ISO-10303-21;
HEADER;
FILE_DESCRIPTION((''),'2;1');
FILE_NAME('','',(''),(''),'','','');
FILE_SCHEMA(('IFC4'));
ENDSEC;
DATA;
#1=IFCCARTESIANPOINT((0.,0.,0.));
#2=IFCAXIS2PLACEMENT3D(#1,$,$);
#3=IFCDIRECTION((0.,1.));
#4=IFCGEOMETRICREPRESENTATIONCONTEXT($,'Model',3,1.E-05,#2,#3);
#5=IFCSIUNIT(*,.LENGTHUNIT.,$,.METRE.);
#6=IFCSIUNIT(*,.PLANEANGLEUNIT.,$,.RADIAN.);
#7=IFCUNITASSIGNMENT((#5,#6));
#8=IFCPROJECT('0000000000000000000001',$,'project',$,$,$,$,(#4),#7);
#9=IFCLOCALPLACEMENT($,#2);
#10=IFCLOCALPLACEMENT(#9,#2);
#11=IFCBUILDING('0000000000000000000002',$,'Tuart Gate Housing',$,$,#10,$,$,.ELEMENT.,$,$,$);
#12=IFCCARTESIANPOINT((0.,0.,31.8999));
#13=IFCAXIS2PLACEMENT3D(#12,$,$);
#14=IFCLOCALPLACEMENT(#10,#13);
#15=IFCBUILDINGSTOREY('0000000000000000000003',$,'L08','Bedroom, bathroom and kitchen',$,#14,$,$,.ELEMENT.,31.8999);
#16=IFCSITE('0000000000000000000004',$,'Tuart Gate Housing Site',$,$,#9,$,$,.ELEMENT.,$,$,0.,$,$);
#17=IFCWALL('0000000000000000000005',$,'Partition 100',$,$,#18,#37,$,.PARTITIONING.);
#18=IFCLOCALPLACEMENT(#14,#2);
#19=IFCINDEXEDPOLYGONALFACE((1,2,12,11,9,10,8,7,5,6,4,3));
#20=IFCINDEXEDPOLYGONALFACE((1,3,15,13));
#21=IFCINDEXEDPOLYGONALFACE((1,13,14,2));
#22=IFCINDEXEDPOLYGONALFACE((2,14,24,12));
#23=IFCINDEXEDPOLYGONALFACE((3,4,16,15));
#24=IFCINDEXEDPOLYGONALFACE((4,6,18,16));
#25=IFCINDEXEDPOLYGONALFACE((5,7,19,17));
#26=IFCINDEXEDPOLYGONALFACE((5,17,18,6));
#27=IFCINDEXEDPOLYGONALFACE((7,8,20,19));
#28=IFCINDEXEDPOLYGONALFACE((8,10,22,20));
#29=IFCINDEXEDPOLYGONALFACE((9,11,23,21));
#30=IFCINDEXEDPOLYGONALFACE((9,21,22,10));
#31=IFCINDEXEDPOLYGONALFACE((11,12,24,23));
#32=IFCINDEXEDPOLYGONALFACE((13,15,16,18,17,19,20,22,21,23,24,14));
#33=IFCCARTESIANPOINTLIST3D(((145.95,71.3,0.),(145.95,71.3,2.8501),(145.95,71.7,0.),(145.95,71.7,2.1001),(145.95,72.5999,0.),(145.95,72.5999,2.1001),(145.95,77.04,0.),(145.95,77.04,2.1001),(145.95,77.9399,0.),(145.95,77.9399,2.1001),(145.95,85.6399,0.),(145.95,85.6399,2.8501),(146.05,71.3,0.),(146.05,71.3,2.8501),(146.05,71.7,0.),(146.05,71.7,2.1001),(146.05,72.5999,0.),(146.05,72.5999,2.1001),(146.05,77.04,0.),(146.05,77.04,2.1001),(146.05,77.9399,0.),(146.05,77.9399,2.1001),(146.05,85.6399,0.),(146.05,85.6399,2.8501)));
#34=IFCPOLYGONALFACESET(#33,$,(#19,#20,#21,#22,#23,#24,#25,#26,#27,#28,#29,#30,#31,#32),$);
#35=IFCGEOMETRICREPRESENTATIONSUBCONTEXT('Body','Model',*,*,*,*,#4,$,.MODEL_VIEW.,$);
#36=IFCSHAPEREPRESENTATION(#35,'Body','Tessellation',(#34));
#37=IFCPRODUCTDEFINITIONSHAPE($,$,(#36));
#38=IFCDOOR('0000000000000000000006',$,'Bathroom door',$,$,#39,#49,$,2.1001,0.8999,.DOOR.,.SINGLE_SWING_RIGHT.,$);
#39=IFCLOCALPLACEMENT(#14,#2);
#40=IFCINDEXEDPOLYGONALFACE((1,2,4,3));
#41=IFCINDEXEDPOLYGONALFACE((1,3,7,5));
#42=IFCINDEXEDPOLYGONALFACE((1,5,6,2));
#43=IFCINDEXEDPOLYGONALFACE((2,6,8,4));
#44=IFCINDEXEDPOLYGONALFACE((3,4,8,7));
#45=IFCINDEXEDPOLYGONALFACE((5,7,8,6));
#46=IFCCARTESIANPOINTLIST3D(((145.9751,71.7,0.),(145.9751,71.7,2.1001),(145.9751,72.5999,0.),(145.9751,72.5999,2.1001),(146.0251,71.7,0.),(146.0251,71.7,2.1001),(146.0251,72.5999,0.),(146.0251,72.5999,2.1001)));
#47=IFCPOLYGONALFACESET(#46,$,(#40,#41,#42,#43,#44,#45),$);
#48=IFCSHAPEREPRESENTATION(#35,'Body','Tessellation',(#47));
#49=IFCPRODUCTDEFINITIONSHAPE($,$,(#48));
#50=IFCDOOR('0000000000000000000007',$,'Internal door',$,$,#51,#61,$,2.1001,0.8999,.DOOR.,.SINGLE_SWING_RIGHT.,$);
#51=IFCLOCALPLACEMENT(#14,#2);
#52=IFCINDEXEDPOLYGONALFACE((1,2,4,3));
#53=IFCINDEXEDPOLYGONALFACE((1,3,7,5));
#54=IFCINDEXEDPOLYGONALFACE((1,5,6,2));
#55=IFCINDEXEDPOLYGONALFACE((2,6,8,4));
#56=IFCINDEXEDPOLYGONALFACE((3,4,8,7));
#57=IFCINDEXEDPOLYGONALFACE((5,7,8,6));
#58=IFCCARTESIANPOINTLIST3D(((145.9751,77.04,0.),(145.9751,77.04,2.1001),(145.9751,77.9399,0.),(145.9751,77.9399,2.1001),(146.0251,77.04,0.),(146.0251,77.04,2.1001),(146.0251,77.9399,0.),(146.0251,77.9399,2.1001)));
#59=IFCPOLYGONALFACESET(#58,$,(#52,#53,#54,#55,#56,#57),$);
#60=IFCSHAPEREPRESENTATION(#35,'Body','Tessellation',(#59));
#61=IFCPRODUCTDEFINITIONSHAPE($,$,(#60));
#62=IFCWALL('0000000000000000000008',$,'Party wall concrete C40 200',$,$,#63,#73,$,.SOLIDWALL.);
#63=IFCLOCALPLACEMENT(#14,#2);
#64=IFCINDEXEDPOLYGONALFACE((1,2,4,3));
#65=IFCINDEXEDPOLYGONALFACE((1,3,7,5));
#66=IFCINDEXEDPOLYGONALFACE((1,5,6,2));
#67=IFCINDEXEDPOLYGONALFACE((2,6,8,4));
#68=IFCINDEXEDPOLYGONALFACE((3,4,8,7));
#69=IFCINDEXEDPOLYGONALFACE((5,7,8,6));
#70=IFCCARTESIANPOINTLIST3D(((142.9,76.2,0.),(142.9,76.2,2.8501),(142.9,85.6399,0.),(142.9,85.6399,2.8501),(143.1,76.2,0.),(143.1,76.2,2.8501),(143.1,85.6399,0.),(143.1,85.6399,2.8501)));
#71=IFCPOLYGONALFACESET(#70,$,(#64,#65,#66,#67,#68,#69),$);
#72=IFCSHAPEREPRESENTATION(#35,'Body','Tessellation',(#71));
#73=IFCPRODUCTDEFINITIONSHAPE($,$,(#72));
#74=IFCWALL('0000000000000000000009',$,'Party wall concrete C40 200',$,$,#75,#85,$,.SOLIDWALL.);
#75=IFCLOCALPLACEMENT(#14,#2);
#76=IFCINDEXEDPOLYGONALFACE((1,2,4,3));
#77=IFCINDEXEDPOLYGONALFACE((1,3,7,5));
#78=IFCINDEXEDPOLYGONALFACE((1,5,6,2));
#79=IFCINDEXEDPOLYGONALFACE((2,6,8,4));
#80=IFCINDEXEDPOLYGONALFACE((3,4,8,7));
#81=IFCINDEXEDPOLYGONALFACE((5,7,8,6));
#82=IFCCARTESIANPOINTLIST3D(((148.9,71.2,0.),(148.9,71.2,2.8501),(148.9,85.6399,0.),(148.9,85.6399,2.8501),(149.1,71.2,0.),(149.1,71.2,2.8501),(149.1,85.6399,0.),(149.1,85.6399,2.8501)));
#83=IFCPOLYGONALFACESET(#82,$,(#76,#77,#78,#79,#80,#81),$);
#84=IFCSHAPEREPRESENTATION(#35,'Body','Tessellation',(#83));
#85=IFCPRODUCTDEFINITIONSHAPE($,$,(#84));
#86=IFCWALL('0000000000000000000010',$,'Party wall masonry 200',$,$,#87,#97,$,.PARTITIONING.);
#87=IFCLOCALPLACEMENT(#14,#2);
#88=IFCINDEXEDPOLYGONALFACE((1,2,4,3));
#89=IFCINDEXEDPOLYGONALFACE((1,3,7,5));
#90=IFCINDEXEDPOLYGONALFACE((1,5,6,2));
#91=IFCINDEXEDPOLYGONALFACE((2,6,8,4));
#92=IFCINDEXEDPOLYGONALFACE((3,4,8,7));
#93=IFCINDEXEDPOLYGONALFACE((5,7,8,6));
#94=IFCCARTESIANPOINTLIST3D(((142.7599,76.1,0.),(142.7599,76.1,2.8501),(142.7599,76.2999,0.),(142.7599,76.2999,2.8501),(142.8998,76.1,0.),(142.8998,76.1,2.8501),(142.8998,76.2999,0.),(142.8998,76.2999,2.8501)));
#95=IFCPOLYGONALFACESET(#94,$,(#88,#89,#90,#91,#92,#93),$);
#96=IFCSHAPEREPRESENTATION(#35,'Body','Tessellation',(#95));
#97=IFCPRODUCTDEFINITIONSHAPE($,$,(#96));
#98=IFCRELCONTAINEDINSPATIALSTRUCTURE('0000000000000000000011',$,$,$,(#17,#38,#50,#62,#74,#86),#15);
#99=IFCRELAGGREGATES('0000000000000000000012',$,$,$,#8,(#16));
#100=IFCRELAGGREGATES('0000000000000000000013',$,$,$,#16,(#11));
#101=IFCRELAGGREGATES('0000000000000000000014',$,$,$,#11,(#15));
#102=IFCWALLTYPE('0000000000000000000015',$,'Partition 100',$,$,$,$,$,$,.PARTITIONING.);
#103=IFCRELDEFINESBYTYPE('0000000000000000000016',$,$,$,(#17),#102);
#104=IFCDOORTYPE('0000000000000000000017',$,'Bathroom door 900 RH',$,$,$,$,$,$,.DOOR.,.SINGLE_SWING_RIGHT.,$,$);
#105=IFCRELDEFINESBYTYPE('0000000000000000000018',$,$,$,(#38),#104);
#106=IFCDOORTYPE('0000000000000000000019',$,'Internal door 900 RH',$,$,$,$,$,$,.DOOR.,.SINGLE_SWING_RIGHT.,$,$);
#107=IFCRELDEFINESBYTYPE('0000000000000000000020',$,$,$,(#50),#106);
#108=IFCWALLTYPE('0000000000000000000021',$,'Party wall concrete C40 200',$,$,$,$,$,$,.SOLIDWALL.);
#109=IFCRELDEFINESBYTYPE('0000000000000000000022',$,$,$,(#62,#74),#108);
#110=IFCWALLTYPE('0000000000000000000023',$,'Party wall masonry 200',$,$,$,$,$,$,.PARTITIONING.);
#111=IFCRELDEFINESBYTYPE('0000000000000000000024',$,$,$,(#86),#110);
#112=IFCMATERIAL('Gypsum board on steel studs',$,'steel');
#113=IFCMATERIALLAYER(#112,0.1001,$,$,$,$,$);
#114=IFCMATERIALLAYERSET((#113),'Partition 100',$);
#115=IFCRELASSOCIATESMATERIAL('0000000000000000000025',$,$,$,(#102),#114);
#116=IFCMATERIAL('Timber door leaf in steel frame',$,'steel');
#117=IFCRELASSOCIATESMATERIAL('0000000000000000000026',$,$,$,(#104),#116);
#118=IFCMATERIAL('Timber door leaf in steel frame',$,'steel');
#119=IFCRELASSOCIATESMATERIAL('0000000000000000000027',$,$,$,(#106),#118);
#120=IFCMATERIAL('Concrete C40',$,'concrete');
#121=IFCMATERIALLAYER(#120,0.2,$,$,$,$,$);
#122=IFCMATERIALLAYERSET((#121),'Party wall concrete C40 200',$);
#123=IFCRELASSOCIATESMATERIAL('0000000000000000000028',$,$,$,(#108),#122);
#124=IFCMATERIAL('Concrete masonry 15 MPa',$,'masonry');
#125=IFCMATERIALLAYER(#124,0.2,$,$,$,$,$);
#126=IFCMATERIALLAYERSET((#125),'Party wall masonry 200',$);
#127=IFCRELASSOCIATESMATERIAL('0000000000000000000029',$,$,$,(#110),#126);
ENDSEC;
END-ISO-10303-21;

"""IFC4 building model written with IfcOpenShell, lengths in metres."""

from ifc_helpers import new_model, si_unit, direction, frame, frame_2d, origin, place, context, subcontext, project, spatial, rectangle, extrude, material, layer, layer_set, type_object, element, fill, save


model = new_model("IFC4")

# Units and contexts
model_context = context("Model", 3, precision=1e-05, world=origin(), true_north=direction((0.0, 1.0)))
body_context = subcontext(model_context, "Body", "Model", "MODEL_VIEW")
ifc_project = project(units=[si_unit("LENGTHUNIT", "METRE"), si_unit("PLANEANGLEUNIT", "RADIAN")], contexts=[model_context])

# Site, building, storey
site_placement = place(None, origin())
site = spatial("IfcSite", under=ifc_project, at=site_placement, Name="Tuart Gate Housing Site", CompositionType="ELEMENT", RefElevation=0.0)
building_placement = place(site_placement, origin())
building = spatial("IfcBuilding", under=site, at=building_placement, Name="Tuart Gate Housing", CompositionType="ELEMENT")
storey_placement = place(building_placement, frame((0.0, 0.0, 31.8999)))
storey = spatial("IfcBuildingStorey", under=building, at=storey_placement, Name="L08", Description="Bedroom, bathroom and kitchen", CompositionType="ELEMENT", Elevation=31.8999)

# Shared definitions
ifc_material_1 = material(Name="Gypsum board on steel studs", Category="steel")
ifc_layer_1 = layer(ifc_material_1, 0.1001)
ifc_layer_set_1 = layer_set([ifc_layer_1], Name="Partition 100")
wall_type_1 = type_object("IfcWallType", Name="Partition 100", PredefinedType="PARTITIONING", material=ifc_layer_set_1)

# Wall, openings, doors
wall_1_placement = place(storey_placement, frame((146.0, 71.3, 0.0), z_axis=(0.0, 0.0, 1.0), x_axis=(0.0, 1.0, 0.0)))
wall_1 = element("IfcWall", 1, at=wall_1_placement, inside=storey, type_object=wall_type_1, Name="Partition 100", PredefinedType="PARTITIONING", context=body_context, shape_type="SweptSolid", body=[
    extrude(rectangle(XDim=14.3398, YDim=0.1001, at=frame_2d((7.1699, 0.0))), origin(), (0.0, 0.0, 1.0), 2.8501),
])
opening_1_placement = place(wall_1_placement, frame((5.74, 0.0, 0.0)))
opening_1 = element("IfcOpeningElement", 2, at=opening_1_placement, cuts=wall_1, PredefinedType="OPENING", context=body_context, shape_type="SweptSolid", body=[
    extrude(rectangle(XDim=0.8999, YDim=2.1001, at=frame_2d((0.45, 1.05))), frame((0.0, 0.0601, 0.0), z_axis=(0.0, -1.0, 0.0), x_axis=(1.0, 0.0, 0.0)), (0.0, 0.0, 1.0), 0.1201),
])
opening_2_placement = place(wall_1_placement, frame((0.3999, 0.0, 0.0)))
opening_2 = element("IfcOpeningElement", 3, at=opening_2_placement, cuts=wall_1, PredefinedType="OPENING", context=body_context, shape_type="SweptSolid", body=[
    extrude(rectangle(XDim=0.8999, YDim=2.1001, at=frame_2d((0.45, 1.05))), frame((0.0, 0.0601, 0.0), z_axis=(0.0, -1.0, 0.0), x_axis=(1.0, 0.0, 0.0)), (0.0, 0.0, 1.0), 0.1201),
])
ifc_material_2 = material(Name="Timber door leaf in steel frame", Category="steel")
door_type_1 = type_object("IfcDoorType", Name="Bathroom door 900 RH", OperationType="SINGLE_SWING_RIGHT", PredefinedType="DOOR", material=ifc_material_2)
door_1_placement = place(opening_2_placement, frame((0.8999, 0.0, 0.0), z_axis=(0.0, 0.0, 1.0), x_axis=(-1.0, 0.0, 0.0)))
door_1 = element("IfcDoor", 4, at=door_1_placement, inside=storey, type_object=door_type_1, Name="Bathroom door", OperationType="SINGLE_SWING_RIGHT", OverallHeight=2.1001, OverallWidth=0.8999, PredefinedType="DOOR", context=body_context, shape_type="SweptSolid", body=[
    extrude(rectangle(XDim=0.8999, YDim=2.1001, at=frame_2d((0.45, 1.05))), frame((0.0, 0.0251, 0.0), z_axis=(0.0, -1.0, 0.0), x_axis=(1.0, 0.0, 0.0)), (0.0, 0.0, 1.0), 0.05),
])
fill(opening_2, door_1)
ifc_material_3 = material(Name="Timber door leaf in steel frame", Category="steel")
door_type_2 = type_object("IfcDoorType", Name="Internal door 900 RH", OperationType="SINGLE_SWING_RIGHT", PredefinedType="DOOR", material=ifc_material_3)
door_2_placement = place(opening_1_placement, frame((0.8999, 0.0, 0.0), z_axis=(0.0, 0.0, 1.0), x_axis=(-1.0, 0.0, 0.0)))
door_2 = element("IfcDoor", 5, at=door_2_placement, inside=storey, type_object=door_type_2, Name="Internal door", OperationType="SINGLE_SWING_RIGHT", OverallHeight=2.1001, OverallWidth=0.8999, PredefinedType="DOOR", context=body_context, shape_type="SweptSolid", body=[
    extrude(rectangle(XDim=0.8999, YDim=2.1001, at=frame_2d((0.45, 1.05))), frame((0.0, 0.0251, 0.0), z_axis=(0.0, -1.0, 0.0), x_axis=(1.0, 0.0, 0.0)), (0.0, 0.0, 1.0), 0.05),
])
fill(opening_1, door_2)

# Walls
ifc_material_4 = material(Name="Concrete C40", Category="concrete")
ifc_layer_2 = layer(ifc_material_4, 0.2)
ifc_layer_set_2 = layer_set([ifc_layer_2], Name="Party wall concrete C40 200")
wall_type_2 = type_object("IfcWallType", Name="Party wall concrete C40 200", PredefinedType="SOLIDWALL", material=ifc_layer_set_2)
wall_2_placement = place(storey_placement, frame((143.0, 76.2, 0.0), z_axis=(0.0, 0.0, 1.0), x_axis=(0.0, 1.0, 0.0)))
element("IfcWall", 6, at=wall_2_placement, inside=storey, type_object=wall_type_2, Name="Party wall concrete C40 200", PredefinedType="SOLIDWALL", context=body_context, shape_type="SweptSolid", body=[
    extrude(rectangle(XDim=9.4399, YDim=0.2, at=frame_2d((4.72, 0.0))), origin(), (0.0, 0.0, 1.0), 2.8501),
])
wall_3_placement = place(storey_placement, frame((149.0, 71.2, 0.0), z_axis=(0.0, 0.0, 1.0), x_axis=(0.0, 1.0, 0.0)))
element("IfcWall", 7, at=wall_3_placement, inside=storey, type_object=wall_type_2, Name="Party wall concrete C40 200", PredefinedType="SOLIDWALL", context=body_context, shape_type="SweptSolid", body=[
    extrude(rectangle(XDim=14.4399, YDim=0.2, at=frame_2d((7.22, 0.0))), origin(), (0.0, 0.0, 1.0), 2.8501),
])
ifc_material_5 = material(Name="Concrete masonry 15 MPa", Category="masonry")
ifc_layer_3 = layer(ifc_material_5, 0.2)
ifc_layer_set_3 = layer_set([ifc_layer_3], Name="Party wall masonry 200")
wall_type_3 = type_object("IfcWallType", Name="Party wall masonry 200", PredefinedType="PARTITIONING", material=ifc_layer_set_3)
wall_4_placement = place(storey_placement, frame((142.76, 76.2, 0.0), z_axis=(0.0, 0.0, 1.0), x_axis=(1.0, 0.0, 0.0)))
element("IfcWall", 8, at=wall_4_placement, inside=storey, type_object=wall_type_3, Name="Party wall masonry 200", PredefinedType="PARTITIONING", context=body_context, shape_type="SweptSolid", body=[
    extrude(rectangle(XDim=0.1399, YDim=0.2, at=frame_2d((0.0698, 0.0))), origin(), (0.0, 0.0, 1.0), 2.8501),
])

save(model, "model.ifc")
